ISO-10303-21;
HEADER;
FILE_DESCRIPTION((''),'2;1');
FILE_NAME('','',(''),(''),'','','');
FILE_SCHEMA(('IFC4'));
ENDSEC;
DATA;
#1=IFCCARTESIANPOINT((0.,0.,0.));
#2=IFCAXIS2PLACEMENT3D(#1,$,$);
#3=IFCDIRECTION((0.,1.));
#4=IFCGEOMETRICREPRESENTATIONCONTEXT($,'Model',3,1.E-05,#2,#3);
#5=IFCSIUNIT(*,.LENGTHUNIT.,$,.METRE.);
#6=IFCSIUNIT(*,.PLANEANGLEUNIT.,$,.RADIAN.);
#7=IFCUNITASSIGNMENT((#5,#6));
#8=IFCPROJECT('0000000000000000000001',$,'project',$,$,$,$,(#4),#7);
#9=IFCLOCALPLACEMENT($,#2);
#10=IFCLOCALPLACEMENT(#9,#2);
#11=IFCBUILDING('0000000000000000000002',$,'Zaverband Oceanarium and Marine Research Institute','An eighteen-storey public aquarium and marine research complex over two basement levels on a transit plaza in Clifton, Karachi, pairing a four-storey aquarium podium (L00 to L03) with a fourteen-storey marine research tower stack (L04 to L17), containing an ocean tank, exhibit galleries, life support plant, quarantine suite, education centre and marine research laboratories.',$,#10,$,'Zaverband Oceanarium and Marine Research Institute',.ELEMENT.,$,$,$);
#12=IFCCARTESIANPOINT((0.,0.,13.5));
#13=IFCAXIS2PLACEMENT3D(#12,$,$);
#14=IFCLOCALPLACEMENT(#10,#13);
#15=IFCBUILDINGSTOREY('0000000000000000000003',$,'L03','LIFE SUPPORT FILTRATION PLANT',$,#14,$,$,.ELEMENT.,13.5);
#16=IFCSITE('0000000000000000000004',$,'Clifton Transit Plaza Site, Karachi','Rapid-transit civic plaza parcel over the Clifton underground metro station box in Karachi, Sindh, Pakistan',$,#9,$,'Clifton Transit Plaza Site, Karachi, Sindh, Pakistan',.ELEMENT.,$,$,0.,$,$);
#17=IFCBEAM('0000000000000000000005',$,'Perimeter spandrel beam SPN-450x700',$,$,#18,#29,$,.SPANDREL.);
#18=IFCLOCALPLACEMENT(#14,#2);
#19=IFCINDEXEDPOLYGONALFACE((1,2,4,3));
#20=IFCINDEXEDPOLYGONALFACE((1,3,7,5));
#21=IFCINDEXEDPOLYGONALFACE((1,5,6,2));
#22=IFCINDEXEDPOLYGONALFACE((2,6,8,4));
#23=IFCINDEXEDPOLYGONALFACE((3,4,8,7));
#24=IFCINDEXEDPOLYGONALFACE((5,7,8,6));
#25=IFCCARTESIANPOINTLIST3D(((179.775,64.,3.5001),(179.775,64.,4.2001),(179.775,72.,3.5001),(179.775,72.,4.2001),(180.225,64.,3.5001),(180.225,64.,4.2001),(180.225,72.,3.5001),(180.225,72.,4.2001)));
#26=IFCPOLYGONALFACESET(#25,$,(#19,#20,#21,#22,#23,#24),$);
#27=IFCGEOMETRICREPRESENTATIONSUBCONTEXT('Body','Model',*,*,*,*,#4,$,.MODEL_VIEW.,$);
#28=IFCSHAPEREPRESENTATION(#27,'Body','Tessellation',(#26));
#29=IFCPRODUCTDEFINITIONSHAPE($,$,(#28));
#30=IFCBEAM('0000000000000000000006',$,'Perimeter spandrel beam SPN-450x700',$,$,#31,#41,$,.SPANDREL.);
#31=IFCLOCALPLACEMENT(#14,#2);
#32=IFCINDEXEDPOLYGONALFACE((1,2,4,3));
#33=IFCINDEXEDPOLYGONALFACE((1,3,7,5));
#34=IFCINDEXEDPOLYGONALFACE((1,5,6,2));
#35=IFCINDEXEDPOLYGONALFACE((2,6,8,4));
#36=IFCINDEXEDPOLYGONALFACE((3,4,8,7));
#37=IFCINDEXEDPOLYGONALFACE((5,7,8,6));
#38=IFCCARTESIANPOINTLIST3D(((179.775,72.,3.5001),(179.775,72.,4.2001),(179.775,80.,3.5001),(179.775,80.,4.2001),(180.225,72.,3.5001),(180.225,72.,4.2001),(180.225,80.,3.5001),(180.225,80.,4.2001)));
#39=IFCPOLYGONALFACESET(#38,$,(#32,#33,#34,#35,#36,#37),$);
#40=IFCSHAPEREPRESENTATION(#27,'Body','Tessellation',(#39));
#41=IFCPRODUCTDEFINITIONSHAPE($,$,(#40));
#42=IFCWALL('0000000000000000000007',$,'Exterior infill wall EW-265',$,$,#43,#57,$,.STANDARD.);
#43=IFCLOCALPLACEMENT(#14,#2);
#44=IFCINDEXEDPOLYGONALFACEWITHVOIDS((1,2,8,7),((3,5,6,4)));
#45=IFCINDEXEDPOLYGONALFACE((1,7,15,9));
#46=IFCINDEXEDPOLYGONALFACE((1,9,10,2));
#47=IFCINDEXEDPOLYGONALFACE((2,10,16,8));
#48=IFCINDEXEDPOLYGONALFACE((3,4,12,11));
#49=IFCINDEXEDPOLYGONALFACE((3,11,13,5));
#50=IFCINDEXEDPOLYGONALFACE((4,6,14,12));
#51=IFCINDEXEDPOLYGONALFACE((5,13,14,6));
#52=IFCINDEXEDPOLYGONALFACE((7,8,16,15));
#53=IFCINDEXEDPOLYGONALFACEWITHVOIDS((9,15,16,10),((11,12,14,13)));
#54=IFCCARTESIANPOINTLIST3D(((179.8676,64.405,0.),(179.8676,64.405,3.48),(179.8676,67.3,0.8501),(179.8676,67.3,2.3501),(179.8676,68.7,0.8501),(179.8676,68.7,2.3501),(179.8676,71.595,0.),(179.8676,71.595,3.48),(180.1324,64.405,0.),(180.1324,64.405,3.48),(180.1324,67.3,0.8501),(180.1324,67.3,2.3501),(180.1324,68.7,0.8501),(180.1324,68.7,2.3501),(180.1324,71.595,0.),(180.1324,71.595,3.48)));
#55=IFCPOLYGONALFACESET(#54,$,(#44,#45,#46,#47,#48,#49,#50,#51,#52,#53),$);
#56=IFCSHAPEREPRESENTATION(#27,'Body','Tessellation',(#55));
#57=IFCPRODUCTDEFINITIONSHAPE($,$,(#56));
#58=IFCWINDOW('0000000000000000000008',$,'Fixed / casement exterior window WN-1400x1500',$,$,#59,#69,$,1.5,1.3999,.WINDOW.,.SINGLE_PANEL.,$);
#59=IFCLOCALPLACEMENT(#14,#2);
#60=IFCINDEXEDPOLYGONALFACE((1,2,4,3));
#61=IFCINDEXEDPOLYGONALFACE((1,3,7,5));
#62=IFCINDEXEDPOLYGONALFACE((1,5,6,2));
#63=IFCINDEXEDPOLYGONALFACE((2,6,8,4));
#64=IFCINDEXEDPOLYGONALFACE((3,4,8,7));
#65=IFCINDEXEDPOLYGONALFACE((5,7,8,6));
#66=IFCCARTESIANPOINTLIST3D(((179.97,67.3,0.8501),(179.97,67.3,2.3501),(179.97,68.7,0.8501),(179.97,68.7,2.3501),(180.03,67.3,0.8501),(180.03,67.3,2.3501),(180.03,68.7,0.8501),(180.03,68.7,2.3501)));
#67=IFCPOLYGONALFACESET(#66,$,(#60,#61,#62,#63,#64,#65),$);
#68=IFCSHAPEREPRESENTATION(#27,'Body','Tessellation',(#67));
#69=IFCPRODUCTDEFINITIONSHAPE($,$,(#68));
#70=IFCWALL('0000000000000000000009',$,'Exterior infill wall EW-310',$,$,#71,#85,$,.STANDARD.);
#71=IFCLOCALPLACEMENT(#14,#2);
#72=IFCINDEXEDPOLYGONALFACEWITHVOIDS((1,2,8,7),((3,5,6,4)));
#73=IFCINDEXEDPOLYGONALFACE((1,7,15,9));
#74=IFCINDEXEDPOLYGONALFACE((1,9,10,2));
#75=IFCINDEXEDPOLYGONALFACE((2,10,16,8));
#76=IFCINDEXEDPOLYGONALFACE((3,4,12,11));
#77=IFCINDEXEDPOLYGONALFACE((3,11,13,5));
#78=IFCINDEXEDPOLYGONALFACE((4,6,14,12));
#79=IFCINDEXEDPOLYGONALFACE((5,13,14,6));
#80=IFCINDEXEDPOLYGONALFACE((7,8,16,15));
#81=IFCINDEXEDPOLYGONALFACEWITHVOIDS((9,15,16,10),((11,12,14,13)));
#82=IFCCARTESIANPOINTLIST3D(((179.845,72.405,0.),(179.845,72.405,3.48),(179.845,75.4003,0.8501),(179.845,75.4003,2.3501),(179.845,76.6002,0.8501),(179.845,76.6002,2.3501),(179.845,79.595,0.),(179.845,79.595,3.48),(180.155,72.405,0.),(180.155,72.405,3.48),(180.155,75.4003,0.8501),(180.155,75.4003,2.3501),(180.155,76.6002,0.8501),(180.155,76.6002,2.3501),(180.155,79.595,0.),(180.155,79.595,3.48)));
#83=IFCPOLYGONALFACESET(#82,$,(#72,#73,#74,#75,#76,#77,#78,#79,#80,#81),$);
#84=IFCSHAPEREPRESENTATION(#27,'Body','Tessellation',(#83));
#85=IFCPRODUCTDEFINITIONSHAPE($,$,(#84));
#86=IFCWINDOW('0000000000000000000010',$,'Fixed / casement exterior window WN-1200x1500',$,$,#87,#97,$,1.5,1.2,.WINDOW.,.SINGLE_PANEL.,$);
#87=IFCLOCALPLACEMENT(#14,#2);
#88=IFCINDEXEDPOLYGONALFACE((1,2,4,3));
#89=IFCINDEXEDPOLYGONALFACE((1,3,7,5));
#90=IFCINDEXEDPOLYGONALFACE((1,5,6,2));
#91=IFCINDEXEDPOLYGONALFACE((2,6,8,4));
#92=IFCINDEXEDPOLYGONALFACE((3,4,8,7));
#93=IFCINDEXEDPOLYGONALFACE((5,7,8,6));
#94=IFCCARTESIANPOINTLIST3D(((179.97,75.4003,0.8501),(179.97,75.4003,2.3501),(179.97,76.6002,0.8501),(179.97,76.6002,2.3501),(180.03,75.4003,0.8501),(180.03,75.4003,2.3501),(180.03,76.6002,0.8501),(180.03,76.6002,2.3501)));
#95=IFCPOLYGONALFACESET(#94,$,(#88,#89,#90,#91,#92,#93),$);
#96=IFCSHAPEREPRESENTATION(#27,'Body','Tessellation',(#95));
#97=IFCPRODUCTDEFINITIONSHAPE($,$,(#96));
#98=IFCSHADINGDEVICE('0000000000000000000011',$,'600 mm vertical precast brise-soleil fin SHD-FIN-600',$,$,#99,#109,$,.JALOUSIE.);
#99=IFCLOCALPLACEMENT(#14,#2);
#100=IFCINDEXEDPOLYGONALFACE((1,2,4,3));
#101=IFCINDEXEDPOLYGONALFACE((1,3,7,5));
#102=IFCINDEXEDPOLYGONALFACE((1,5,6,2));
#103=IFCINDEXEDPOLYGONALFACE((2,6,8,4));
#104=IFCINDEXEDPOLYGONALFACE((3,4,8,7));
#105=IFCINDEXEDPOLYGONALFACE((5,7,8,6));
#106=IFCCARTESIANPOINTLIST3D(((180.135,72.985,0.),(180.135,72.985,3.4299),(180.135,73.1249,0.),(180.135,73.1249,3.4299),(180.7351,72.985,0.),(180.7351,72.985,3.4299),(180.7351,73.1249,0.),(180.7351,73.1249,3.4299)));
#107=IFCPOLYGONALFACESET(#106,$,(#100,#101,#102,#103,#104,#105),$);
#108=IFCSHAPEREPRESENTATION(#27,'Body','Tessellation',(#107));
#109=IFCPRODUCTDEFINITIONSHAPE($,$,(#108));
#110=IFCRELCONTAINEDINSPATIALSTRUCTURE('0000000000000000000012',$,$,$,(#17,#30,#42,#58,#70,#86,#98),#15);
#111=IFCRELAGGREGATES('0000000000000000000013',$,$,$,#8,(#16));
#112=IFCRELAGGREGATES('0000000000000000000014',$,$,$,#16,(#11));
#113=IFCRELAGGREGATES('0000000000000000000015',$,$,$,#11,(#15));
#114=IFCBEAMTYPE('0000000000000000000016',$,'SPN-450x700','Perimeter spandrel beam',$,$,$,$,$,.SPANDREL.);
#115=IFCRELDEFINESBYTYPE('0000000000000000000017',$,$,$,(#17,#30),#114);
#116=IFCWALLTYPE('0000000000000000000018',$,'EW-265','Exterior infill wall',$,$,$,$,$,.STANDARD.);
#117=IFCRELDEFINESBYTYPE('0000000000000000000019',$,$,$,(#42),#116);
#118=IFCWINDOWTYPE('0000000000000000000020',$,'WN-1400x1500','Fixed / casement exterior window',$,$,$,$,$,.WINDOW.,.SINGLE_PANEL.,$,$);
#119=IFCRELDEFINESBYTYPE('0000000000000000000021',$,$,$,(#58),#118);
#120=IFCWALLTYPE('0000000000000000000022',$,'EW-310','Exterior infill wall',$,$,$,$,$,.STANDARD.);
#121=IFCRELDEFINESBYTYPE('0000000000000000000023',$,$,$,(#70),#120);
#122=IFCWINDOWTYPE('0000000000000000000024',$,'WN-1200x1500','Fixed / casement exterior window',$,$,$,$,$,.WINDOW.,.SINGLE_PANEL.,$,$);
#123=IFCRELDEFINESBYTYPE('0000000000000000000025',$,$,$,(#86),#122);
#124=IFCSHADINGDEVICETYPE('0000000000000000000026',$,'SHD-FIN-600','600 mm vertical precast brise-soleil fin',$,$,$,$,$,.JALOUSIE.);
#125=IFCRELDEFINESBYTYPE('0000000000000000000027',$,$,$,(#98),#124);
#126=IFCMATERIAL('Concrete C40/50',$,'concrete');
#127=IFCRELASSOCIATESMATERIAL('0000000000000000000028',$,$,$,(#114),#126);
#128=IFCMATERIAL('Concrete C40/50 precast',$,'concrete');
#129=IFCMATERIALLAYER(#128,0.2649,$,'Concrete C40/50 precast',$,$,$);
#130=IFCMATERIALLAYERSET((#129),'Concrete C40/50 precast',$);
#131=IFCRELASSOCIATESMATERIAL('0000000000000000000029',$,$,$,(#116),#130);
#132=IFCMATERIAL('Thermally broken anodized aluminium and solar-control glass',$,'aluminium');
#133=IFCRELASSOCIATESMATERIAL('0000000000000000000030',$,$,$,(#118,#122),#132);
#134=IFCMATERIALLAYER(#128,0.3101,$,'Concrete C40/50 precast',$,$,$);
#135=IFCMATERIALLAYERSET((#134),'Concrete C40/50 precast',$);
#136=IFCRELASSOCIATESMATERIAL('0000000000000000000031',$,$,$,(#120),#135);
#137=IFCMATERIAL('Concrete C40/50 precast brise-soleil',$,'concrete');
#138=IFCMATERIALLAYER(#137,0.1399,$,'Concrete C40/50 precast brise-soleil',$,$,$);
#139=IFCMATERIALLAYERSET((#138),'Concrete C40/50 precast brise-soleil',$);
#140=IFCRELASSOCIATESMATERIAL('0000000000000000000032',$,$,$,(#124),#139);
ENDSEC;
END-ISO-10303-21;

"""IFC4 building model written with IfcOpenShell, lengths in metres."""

from ifc_helpers import new_model, si_unit, direction, frame, frame_2d, origin, origin_2d, place, context, subcontext, project, spatial, rectangle, extrude, material, layer, layer_set, material_profile, profile_set, type_object, element, fill, save


model = new_model("IFC4")

# Units and contexts
model_context = context("Model", 3, precision=1e-05, world=origin(), true_north=direction((0.0, 1.0)))
body_context = subcontext(model_context, "Body", "Model", "MODEL_VIEW")
ifc_project = project(units=[si_unit("LENGTHUNIT", "METRE"), si_unit("PLANEANGLEUNIT", "RADIAN")], contexts=[model_context])

# Site, building, storey
site_placement = place(None, origin())
site = spatial("IfcSite", under=ifc_project, at=site_placement, Name="Clifton Transit Plaza Site, Karachi", Description="Rapid-transit civic plaza parcel over the Clifton underground metro station box in Karachi, Sindh, Pakistan", LongName="Clifton Transit Plaza Site, Karachi, Sindh, Pakistan", CompositionType="ELEMENT", RefElevation=0.0)
building_placement = place(site_placement, origin())
building = spatial("IfcBuilding", under=site, at=building_placement, Name="Zaverband Oceanarium and Marine Research Institute", Description="An eighteen-storey public aquarium and marine research complex over two basement levels on a transit plaza in Clifton, Karachi, pairing a four-storey aquarium podium (L00 to L03) with a fourteen-storey marine research tower stack (L04 to L17), containing an ocean tank, exhibit galleries, life support plant, quarantine suite, education centre and marine research laboratories.", LongName="Zaverband Oceanarium and Marine Research Institute", CompositionType="ELEMENT")
storey_placement = place(building_placement, frame((0.0, 0.0, 13.5)))
storey = spatial("IfcBuildingStorey", under=building, at=storey_placement, Name="L03", Description="LIFE SUPPORT FILTRATION PLANT", CompositionType="ELEMENT", Elevation=13.5)

# Beams
ifc_material_1 = material(Name="Concrete C40/50", Category="concrete")
ifc_material_profile_1 = material_profile(ifc_material_1, rectangle(XDim=0.45, YDim=0.7, at=origin_2d()), Name="RC450x700")
ifc_profile_set_1 = profile_set([ifc_material_profile_1], Name="Concrete C40/50")
beam_type_1 = type_object("IfcBeamType", Name="SPN-450x700", Description="Perimeter spandrel beam", PredefinedType="SPANDREL", material=ifc_profile_set_1)
for number, where, z_axis, x_axis, name in (
    (1, (180.0, 64.0, 3.8501), (0.0, 1.0, 0.0), (-1.0, 0.0, 0.0), "Perimeter spandrel beam SPN-450x700"),
    (2, (180.0, 72.0, 3.8501), (0.0, 1.0, 0.0), (-1.0, 0.0, 0.0), "Perimeter spandrel beam SPN-450x700"),
):
    element("IfcBeam", number, at=place(storey_placement, frame(where, z_axis=z_axis, x_axis=x_axis)), inside=storey, type_object=beam_type_1, Name=name, PredefinedType="SPANDREL", context=body_context, shape_type="SweptSolid", body=[
        extrude(rectangle(XDim=0.45, YDim=0.7, at=origin_2d()), origin(), (0.0, 0.0, 1.0), 8.0),
    ])

# Walls, openings, windows
ifc_material_2 = material(Name="Concrete C40/50 precast", Category="concrete")
ifc_layer_1 = layer(ifc_material_2, 0.2649, Name="Concrete C40/50 precast")
ifc_layer_set_1 = layer_set([ifc_layer_1], Name="Concrete C40/50 precast")
wall_type_1 = type_object("IfcWallType", Name="EW-265", Description="Exterior infill wall", PredefinedType="STANDARD", material=ifc_layer_set_1)
wall_1_placement = place(storey_placement, frame((180.0, 64.405, 0.0), z_axis=(0.0, 0.0, 1.0), x_axis=(0.0, 1.0, 0.0)))
wall_1 = element("IfcWall", 3, at=wall_1_placement, inside=storey, type_object=wall_type_1, Name="Exterior infill wall EW-265", PredefinedType="STANDARD", context=body_context, shape_type="SweptSolid", body=[
    extrude(rectangle(XDim=7.1899, YDim=0.2649, at=frame_2d((3.595, 0.0))), origin(), (0.0, 0.0, 1.0), 3.48),
])
opening_1_placement = place(wall_1_placement, frame((2.895, 0.0, 0.8501)))
opening_1 = element("IfcOpeningElement", 4, at=opening_1_placement, cuts=wall_1, PredefinedType="OPENING", context=body_context, shape_type="SweptSolid", body=[
    extrude(rectangle(XDim=1.3999, YDim=1.5, at=frame_2d((0.7, 0.75))), frame((0.0, 0.1445, 0.0), z_axis=(0.0, -1.0, 0.0), x_axis=(1.0, 0.0, 0.0)), (0.0, 0.0, 1.0), 0.2888),
])
ifc_material_3 = material(Name="Thermally broken anodized aluminium and solar-control glass", Category="aluminium")
window_type_1 = type_object("IfcWindowType", Name="WN-1400x1500", Description="Fixed / casement exterior window", PartitioningType="SINGLE_PANEL", PredefinedType="WINDOW", material=ifc_material_3)
window_1_placement = place(opening_1_placement, origin())
window_1 = element("IfcWindow", 5, at=window_1_placement, inside=storey, type_object=window_type_1, Name="Fixed / casement exterior window WN-1400x1500", OverallHeight=1.5, OverallWidth=1.3999, PartitioningType="SINGLE_PANEL", PredefinedType="WINDOW", context=body_context, shape_type="SweptSolid", body=[
    extrude(rectangle(XDim=1.3999, YDim=1.5, at=frame_2d((0.7, 0.75))), frame((0.0, 0.03, 0.0), z_axis=(0.0, -1.0, 0.0), x_axis=(1.0, 0.0, 0.0)), (0.0, 0.0, 1.0), 0.0601),
])
fill(opening_1, window_1)
ifc_layer_2 = layer(ifc_material_2, 0.3101, Name="Concrete C40/50 precast")
ifc_layer_set_2 = layer_set([ifc_layer_2], Name="Concrete C40/50 precast")
wall_type_2 = type_object("IfcWallType", Name="EW-310", Description="Exterior infill wall", PredefinedType="STANDARD", material=ifc_layer_set_2)
wall_2_placement = place(storey_placement, frame((180.0, 72.405, 0.0), z_axis=(0.0, 0.0, 1.0), x_axis=(0.0, 1.0, 0.0)))
wall_2 = element("IfcWall", 6, at=wall_2_placement, inside=storey, type_object=wall_type_2, Name="Exterior infill wall EW-310", PredefinedType="STANDARD", context=body_context, shape_type="SweptSolid", body=[
    extrude(rectangle(XDim=7.1899, YDim=0.3101, at=frame_2d((3.595, 0.0))), origin(), (0.0, 0.0, 1.0), 3.48),
])
opening_2_placement = place(wall_2_placement, frame((2.9951, 0.0, 0.8501)))
opening_2 = element("IfcOpeningElement", 7, at=opening_2_placement, cuts=wall_2, PredefinedType="OPENING", context=body_context, shape_type="SweptSolid", body=[
    extrude(rectangle(XDim=1.2, YDim=1.5, at=frame_2d((0.6001, 0.75))), frame((0.0, 0.167, 0.0), z_axis=(0.0, -1.0, 0.0), x_axis=(1.0, 0.0, 0.0)), (0.0, 0.0, 1.0), 0.334),
])
window_type_2 = type_object("IfcWindowType", Name="WN-1200x1500", Description="Fixed / casement exterior window", PartitioningType="SINGLE_PANEL", PredefinedType="WINDOW", material=ifc_material_3)
window_2_placement = place(opening_2_placement, origin())
window_2 = element("IfcWindow", 8, at=window_2_placement, inside=storey, type_object=window_type_2, Name="Fixed / casement exterior window WN-1200x1500", OverallHeight=1.5, OverallWidth=1.2, PartitioningType="SINGLE_PANEL", PredefinedType="WINDOW", context=body_context, shape_type="SweptSolid", body=[
    extrude(rectangle(XDim=1.2, YDim=1.5, at=frame_2d((0.6001, 0.75))), frame((0.0, 0.03, 0.0), z_axis=(0.0, -1.0, 0.0), x_axis=(1.0, 0.0, 0.0)), (0.0, 0.0, 1.0), 0.0601),
])
fill(opening_2, window_2)

# Shading device
ifc_material_4 = material(Name="Concrete C40/50 precast brise-soleil", Category="concrete")
ifc_layer_3 = layer(ifc_material_4, 0.1399, Name="Concrete C40/50 precast brise-soleil")
ifc_layer_set_3 = layer_set([ifc_layer_3], Name="Concrete C40/50 precast brise-soleil")
shading_device_type = type_object("IfcShadingDeviceType", Name="SHD-FIN-600", Description="600 mm vertical precast brise-soleil fin", PredefinedType="JALOUSIE", material=ifc_layer_set_3)
shading_device_placement = place(storey_placement, frame((180.135, 73.0549, 0.0), z_axis=(0.0, 0.0, 1.0), x_axis=(1.0, 0.0, 0.0)))
element("IfcShadingDevice", 9, at=shading_device_placement, inside=storey, type_object=shading_device_type, Name="600 mm vertical precast brise-soleil fin SHD-FIN-600", PredefinedType="JALOUSIE", context=body_context, shape_type="SweptSolid", body=[
    extrude(rectangle(XDim=0.6001, YDim=0.1399, at=frame_2d((0.3, 0.0))), origin(), (0.0, 0.0, 1.0), 3.4299),
])

save(model, "model.ifc")
